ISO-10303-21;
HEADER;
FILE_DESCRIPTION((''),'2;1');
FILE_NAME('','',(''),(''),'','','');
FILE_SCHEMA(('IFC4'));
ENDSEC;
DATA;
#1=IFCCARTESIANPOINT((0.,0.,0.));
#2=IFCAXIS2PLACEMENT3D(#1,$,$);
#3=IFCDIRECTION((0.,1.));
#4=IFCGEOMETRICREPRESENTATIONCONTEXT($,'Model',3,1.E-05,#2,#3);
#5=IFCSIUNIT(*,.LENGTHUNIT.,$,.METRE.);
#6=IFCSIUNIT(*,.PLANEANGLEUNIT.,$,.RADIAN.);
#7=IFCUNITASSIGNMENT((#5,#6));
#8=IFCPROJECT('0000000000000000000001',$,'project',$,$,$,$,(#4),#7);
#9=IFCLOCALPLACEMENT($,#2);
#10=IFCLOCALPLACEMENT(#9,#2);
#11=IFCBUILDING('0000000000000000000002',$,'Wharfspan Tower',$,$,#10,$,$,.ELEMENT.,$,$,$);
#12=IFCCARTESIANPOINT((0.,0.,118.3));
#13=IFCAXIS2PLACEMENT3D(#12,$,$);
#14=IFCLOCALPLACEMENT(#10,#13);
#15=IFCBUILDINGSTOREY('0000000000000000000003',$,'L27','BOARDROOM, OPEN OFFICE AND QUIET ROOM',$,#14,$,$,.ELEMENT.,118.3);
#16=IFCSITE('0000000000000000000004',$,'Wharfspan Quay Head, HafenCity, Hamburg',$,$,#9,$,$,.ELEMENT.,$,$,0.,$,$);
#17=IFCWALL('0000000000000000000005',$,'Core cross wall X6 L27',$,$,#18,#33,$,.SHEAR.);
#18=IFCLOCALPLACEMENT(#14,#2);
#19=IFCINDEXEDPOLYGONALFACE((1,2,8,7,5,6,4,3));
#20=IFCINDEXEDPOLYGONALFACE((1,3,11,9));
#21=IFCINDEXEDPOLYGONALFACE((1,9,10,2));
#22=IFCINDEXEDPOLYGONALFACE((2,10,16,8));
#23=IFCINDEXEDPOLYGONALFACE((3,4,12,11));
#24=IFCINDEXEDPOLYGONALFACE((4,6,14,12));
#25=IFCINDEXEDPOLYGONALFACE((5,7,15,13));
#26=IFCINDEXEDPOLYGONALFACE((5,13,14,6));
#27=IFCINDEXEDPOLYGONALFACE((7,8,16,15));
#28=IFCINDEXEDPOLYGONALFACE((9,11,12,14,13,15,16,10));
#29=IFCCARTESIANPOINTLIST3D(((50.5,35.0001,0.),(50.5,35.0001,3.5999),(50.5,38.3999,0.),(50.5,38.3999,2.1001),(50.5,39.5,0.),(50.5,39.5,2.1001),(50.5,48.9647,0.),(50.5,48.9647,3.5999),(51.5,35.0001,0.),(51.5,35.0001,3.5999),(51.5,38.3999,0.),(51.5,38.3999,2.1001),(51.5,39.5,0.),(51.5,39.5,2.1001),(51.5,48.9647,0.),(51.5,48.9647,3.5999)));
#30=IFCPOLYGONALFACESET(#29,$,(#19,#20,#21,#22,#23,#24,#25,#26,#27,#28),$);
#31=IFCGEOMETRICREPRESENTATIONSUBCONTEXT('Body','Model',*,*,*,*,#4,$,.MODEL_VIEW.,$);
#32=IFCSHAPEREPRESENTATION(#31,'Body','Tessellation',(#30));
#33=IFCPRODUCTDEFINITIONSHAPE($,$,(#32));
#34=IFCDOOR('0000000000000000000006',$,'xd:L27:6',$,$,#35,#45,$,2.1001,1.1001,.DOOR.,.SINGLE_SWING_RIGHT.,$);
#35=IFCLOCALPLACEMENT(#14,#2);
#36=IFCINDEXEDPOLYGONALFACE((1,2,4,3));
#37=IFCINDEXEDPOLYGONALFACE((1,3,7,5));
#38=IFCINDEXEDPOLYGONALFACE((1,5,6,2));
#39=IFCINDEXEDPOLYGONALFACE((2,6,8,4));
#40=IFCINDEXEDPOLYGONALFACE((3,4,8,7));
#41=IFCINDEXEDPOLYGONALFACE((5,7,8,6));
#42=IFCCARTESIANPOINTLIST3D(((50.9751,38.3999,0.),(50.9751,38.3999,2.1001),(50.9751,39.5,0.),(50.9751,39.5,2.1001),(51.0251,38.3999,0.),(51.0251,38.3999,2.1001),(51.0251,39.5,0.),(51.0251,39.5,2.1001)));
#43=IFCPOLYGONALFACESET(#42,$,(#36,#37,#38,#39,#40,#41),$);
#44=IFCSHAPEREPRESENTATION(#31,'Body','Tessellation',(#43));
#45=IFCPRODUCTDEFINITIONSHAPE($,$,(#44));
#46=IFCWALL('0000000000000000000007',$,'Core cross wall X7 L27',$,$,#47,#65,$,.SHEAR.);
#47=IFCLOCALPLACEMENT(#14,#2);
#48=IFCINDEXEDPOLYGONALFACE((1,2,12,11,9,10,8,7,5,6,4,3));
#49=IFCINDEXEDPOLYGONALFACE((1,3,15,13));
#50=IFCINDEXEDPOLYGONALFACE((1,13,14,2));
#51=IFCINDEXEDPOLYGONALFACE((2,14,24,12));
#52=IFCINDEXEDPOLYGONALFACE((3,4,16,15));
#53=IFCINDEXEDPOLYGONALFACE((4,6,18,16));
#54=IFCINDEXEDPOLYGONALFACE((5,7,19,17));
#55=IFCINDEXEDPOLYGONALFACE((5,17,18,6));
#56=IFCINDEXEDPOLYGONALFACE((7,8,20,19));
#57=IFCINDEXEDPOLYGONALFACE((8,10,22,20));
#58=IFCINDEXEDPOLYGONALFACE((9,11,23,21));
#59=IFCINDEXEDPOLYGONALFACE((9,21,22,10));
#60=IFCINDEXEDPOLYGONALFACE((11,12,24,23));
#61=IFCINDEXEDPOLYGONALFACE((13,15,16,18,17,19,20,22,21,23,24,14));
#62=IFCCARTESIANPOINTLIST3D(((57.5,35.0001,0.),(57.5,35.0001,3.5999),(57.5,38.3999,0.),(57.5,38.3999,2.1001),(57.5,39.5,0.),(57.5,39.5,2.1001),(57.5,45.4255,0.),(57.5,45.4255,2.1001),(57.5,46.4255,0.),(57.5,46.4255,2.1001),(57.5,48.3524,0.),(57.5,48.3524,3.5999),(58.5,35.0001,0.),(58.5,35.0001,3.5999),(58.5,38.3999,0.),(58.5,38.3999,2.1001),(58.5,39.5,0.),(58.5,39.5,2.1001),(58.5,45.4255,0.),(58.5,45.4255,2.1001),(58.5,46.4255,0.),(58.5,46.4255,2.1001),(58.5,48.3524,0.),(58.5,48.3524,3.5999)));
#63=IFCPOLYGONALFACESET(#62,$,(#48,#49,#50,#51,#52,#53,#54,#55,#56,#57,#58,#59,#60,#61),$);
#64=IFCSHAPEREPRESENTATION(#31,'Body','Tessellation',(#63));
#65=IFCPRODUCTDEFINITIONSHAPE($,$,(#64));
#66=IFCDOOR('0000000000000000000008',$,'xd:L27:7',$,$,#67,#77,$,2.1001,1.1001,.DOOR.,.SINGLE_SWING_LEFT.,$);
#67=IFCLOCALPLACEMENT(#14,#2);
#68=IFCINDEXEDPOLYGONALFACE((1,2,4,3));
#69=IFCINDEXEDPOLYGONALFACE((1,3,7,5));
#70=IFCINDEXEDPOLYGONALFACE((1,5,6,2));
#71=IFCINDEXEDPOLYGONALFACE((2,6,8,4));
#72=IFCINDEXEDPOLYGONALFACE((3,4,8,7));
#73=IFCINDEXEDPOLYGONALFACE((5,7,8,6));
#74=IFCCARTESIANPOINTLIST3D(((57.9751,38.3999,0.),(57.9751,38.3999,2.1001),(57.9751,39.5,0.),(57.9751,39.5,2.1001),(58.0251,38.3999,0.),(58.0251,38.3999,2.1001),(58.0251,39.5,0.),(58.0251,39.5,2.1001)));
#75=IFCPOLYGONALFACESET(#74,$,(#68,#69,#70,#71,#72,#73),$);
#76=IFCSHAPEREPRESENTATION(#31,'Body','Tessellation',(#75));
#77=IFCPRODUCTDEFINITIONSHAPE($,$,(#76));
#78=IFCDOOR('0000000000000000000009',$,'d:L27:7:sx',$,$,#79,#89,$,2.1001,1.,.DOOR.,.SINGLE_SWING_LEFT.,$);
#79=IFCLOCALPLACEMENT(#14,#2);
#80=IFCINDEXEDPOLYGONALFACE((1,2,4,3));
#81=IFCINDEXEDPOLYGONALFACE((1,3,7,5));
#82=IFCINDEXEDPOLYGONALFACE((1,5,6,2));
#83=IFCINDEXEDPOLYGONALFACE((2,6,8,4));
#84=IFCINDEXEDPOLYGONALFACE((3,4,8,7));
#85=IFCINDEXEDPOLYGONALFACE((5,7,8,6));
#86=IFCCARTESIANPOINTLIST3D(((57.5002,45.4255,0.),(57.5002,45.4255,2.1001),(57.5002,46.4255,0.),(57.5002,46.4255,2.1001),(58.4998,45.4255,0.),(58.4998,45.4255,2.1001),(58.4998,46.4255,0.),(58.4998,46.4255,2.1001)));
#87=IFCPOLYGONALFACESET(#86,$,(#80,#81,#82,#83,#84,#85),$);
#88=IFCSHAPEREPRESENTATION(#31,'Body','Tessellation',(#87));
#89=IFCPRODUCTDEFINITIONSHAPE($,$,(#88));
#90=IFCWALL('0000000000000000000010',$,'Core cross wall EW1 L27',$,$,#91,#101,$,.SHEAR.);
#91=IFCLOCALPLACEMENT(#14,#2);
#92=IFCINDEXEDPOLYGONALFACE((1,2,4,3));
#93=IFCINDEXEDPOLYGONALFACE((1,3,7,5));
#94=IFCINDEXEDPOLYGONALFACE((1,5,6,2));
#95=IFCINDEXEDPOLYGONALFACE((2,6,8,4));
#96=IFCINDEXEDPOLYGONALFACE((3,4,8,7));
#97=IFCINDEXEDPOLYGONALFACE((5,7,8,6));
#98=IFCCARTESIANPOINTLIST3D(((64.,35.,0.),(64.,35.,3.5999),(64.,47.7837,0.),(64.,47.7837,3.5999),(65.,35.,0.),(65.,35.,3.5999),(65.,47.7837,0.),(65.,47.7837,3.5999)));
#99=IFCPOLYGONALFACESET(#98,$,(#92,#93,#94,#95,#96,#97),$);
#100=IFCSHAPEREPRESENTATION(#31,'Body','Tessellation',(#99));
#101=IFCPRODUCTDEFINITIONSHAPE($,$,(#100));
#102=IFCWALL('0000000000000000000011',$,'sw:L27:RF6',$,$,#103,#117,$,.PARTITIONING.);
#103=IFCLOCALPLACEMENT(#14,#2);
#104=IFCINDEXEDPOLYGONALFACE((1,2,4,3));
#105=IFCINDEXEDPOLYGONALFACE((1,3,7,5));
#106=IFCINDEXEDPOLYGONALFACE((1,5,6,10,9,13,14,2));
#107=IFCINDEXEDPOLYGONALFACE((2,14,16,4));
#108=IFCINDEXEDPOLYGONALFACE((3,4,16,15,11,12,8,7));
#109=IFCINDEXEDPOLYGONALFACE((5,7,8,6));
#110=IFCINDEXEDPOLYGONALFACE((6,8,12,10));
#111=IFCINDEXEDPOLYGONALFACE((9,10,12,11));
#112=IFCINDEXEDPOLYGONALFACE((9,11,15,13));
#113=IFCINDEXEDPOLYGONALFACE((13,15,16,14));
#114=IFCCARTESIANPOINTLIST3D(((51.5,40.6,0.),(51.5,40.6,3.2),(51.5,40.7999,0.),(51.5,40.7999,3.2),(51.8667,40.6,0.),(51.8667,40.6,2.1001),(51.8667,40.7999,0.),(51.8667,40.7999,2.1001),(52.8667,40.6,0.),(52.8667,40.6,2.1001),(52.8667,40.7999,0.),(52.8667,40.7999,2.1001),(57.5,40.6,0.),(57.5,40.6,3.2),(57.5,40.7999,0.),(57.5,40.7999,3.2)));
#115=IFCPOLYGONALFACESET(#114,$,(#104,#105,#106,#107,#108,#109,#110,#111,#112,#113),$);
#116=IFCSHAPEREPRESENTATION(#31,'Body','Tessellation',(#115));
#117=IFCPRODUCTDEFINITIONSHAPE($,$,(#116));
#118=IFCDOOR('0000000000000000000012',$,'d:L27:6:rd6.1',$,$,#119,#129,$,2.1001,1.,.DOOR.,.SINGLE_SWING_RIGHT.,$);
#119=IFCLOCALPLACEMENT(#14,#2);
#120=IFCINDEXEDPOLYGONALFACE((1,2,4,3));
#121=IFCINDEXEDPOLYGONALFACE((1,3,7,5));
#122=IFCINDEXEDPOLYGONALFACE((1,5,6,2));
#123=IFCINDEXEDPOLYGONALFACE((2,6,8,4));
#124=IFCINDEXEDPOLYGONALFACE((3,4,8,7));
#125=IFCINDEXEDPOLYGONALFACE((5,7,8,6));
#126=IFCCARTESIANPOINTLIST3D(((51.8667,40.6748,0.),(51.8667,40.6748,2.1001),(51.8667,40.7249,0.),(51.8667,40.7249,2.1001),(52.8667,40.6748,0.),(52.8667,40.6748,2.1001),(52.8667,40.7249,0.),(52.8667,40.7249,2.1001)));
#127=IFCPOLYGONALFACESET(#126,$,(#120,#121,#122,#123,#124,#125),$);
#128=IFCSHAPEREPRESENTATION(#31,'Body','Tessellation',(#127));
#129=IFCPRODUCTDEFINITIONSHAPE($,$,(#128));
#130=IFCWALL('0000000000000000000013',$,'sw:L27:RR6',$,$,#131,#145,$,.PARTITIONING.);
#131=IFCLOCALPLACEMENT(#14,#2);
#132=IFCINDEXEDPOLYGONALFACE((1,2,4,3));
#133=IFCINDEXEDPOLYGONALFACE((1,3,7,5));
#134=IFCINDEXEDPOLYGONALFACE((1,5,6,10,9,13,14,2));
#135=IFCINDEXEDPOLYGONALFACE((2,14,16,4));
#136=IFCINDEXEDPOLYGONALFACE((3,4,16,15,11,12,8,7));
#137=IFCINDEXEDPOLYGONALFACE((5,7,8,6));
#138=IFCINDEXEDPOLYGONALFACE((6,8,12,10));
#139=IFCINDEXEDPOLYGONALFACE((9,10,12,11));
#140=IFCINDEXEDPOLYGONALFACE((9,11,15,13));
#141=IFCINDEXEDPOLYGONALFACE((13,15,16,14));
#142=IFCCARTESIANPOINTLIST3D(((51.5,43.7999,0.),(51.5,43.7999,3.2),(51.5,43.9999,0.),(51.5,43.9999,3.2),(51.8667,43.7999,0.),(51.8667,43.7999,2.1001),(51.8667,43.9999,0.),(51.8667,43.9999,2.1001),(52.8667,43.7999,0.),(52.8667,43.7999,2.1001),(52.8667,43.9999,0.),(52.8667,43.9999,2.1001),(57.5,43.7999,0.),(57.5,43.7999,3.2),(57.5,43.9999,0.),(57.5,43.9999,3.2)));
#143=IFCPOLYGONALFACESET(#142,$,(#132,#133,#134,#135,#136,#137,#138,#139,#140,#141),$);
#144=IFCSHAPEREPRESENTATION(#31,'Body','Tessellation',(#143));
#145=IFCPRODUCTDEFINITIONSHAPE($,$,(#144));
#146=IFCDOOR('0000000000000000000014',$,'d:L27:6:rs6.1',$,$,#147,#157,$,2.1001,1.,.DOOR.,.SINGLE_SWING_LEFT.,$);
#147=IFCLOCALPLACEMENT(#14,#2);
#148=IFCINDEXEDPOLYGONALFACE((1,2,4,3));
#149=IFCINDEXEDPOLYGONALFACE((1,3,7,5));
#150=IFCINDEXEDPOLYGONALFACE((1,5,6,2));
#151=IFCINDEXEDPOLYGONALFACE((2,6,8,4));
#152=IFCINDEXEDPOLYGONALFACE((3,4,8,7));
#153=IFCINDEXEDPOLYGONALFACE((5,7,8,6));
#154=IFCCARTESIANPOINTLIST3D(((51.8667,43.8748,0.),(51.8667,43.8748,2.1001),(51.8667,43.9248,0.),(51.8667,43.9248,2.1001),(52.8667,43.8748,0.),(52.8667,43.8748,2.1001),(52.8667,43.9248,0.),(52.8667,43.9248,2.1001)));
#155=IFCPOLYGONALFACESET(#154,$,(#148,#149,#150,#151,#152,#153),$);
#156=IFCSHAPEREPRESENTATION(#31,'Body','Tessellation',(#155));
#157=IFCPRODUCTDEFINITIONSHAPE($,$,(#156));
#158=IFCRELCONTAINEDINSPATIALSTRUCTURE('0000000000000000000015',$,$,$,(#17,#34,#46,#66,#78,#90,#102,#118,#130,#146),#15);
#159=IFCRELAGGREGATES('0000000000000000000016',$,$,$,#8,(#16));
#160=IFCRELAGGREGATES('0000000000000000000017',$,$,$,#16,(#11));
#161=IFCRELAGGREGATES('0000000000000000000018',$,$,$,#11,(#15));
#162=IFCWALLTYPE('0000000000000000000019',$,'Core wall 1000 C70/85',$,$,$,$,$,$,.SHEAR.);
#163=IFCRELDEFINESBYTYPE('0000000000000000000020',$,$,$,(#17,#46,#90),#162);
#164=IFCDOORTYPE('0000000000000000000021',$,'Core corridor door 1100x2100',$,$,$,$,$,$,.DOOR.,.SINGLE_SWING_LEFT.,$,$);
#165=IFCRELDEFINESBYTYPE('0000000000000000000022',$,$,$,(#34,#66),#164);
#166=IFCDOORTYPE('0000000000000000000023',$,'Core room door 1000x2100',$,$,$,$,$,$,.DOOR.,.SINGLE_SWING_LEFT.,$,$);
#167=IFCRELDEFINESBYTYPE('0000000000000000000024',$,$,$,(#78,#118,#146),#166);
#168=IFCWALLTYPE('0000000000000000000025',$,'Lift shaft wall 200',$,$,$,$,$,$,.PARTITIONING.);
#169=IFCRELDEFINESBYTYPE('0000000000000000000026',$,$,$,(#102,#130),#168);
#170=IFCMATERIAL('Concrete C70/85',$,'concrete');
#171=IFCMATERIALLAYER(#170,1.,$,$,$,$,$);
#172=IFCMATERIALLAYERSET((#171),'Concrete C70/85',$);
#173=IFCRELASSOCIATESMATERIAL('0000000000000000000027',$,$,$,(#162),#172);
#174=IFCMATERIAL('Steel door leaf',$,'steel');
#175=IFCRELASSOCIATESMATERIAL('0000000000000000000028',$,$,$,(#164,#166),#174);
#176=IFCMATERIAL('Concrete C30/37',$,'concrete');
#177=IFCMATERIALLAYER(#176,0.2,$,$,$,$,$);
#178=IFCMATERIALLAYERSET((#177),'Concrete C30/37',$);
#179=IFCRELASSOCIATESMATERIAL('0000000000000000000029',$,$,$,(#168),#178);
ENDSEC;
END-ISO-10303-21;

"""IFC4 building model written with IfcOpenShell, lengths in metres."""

from ifc_helpers import new_model, si_unit, direction, frame, frame_2d, origin, place, context, subcontext, project, spatial, rectangle, extrude, material, layer, layer_set, type_object, element, fill, save


model = new_model("IFC4")

# Units and contexts
model_context = context("Model", 3, precision=1e-05, world=origin(), true_north=direction((0.0, 1.0)))
body_context = subcontext(model_context, "Body", "Model", "MODEL_VIEW")
ifc_project = project(units=[si_unit("LENGTHUNIT", "METRE"), si_unit("PLANEANGLEUNIT", "RADIAN")], contexts=[model_context])

# Site, building, storey
site_placement = place(None, origin())
site = spatial("IfcSite", under=ifc_project, at=site_placement, Name="Wharfspan Quay Head, HafenCity, Hamburg", CompositionType="ELEMENT", RefElevation=0.0)
building_placement = place(site_placement, origin())
building = spatial("IfcBuilding", under=site, at=building_placement, Name="Wharfspan Tower", CompositionType="ELEMENT")
storey_placement = place(building_placement, frame((0.0, 0.0, 118.3)))
storey = spatial("IfcBuildingStorey", under=building, at=storey_placement, Name="L27", Description="BOARDROOM, OPEN OFFICE AND QUIET ROOM", CompositionType="ELEMENT", Elevation=118.3)

# Shared definitions
ifc_material_1 = material(Name="Concrete C70/85", Category="concrete")

# Wall, opening, door
ifc_layer_1 = layer(ifc_material_1, 1.0)
ifc_layer_set_1 = layer_set([ifc_layer_1], Name="Concrete C70/85")
wall_type_1 = type_object("IfcWallType", Name="Core wall 1000 C70/85", PredefinedType="SHEAR", material=ifc_layer_set_1)
wall_1_placement = place(storey_placement, frame((51.0, 35.0, 0.0), z_axis=(0.0, 0.0, 1.0), x_axis=(0.0, 1.0, 0.0)))
wall_1 = element("IfcWall", 1, at=wall_1_placement, inside=storey, type_object=wall_type_1, Name="Core cross wall X6 L27", PredefinedType="SHEAR", context=body_context, shape_type="SweptSolid", body=[
    extrude(rectangle(XDim=13.9646, YDim=1.0, at=frame_2d((6.9824, 0.0))), origin(), (0.0, 0.0, 1.0), 3.5999),
])
opening_1_placement = place(wall_1_placement, frame((3.3999, 0.0, 0.0)))
opening_1 = element("IfcOpeningElement", 2, at=opening_1_placement, cuts=wall_1, PredefinedType="OPENING", context=body_context, shape_type="SweptSolid", body=[
    extrude(rectangle(XDim=1.1001, YDim=2.1001, at=frame_2d((0.55, 1.05))), frame((0.0, 0.51, 0.0), z_axis=(0.0, -1.0, 0.0), x_axis=(1.0, 0.0, 0.0)), (0.0, 0.0, 1.0), 1.02),
])
ifc_material_2 = material(Name="Steel door leaf", Category="steel")
door_type_1 = type_object("IfcDoorType", Name="Core corridor door 1100x2100", OperationType="SINGLE_SWING_LEFT", PredefinedType="DOOR", material=ifc_material_2)
door_1_placement = place(opening_1_placement, origin())
door_1 = element("IfcDoor", 3, at=door_1_placement, inside=storey, type_object=door_type_1, Name="xd:L27:6", OperationType="SINGLE_SWING_RIGHT", OverallHeight=2.1001, OverallWidth=1.1001, PredefinedType="DOOR", context=body_context, shape_type="SweptSolid", body=[
    extrude(rectangle(XDim=1.1001, YDim=2.1001, at=frame_2d((0.55, 1.05))), frame((0.0, 0.0249, 0.0), z_axis=(0.0, -1.0, 0.0), x_axis=(1.0, 0.0, 0.0)), (0.0, 0.0, 1.0), 0.05),
])
fill(opening_1, door_1)

# Wall, openings, doors
wall_2_placement = place(storey_placement, frame((58.0, 35.0, 0.0), z_axis=(0.0, 0.0, 1.0), x_axis=(0.0, 1.0, 0.0)))
wall_2 = element("IfcWall", 4, at=wall_2_placement, inside=storey, type_object=wall_type_1, Name="Core cross wall X7 L27", PredefinedType="SHEAR", context=body_context, shape_type="SweptSolid", body=[
    extrude(rectangle(XDim=13.3523, YDim=1.0, at=frame_2d((6.6763, 0.0))), origin(), (0.0, 0.0, 1.0), 3.5999),
])
opening_2_placement = place(wall_2_placement, frame((10.4255, 0.0, 0.0)))
opening_2 = element("IfcOpeningElement", 5, at=opening_2_placement, cuts=wall_2, PredefinedType="OPENING", context=body_context, shape_type="SweptSolid", body=[
    extrude(rectangle(XDim=1.0, YDim=2.1001, at=frame_2d((0.5, 1.05))), frame((0.0, 0.51, 0.0), z_axis=(0.0, -1.0, 0.0), x_axis=(1.0, 0.0, 0.0)), (0.0, 0.0, 1.0), 1.02),
])
opening_3_placement = place(wall_2_placement, frame((3.3999, 0.0, 0.0)))
opening_3 = element("IfcOpeningElement", 6, at=opening_3_placement, cuts=wall_2, PredefinedType="OPENING", context=body_context, shape_type="SweptSolid", body=[
    extrude(rectangle(XDim=1.1001, YDim=2.1001, at=frame_2d((0.55, 1.05))), frame((0.0, 0.51, 0.0), z_axis=(0.0, -1.0, 0.0), x_axis=(1.0, 0.0, 0.0)), (0.0, 0.0, 1.0), 1.02),
])
door_2_placement = place(opening_3_placement, origin())
door_2 = element("IfcDoor", 7, at=door_2_placement, inside=storey, type_object=door_type_1, Name="xd:L27:7", OperationType="SINGLE_SWING_LEFT", OverallHeight=2.1001, OverallWidth=1.1001, PredefinedType="DOOR", context=body_context, shape_type="SweptSolid", body=[
    extrude(rectangle(XDim=1.1001, YDim=2.1001, at=frame_2d((0.55, 1.05))), frame((0.0, 0.0249, 0.0), z_axis=(0.0, -1.0, 0.0), x_axis=(1.0, 0.0, 0.0)), (0.0, 0.0, 1.0), 0.05),
])
fill(opening_3, door_2)
door_type_2 = type_object("IfcDoorType", Name="Core room door 1000x2100", OperationType="SINGLE_SWING_LEFT", PredefinedType="DOOR", material=ifc_material_2)
door_3_placement = place(opening_2_placement, origin())
door_3 = element("IfcDoor", 8, at=door_3_placement, inside=storey, type_object=door_type_2, Name="d:L27:7:sx", OperationType="SINGLE_SWING_LEFT", OverallHeight=2.1001, OverallWidth=1.0, PredefinedType="DOOR", context=body_context, shape_type="SweptSolid", body=[
    extrude(rectangle(XDim=1.0, YDim=2.1001, at=frame_2d((0.5, 1.05))), frame((0.0, 0.4998, 0.0), z_axis=(0.0, -1.0, 0.0), x_axis=(1.0, 0.0, 0.0)), (0.0, 0.0, 1.0), 0.9995),
])
fill(opening_2, door_3)

# Wall
wall_3_placement = place(storey_placement, frame((64.5, 35.0, 0.0), z_axis=(0.0, 0.0, 1.0), x_axis=(0.0, 1.0, 0.0)))
element("IfcWall", 9, at=wall_3_placement, inside=storey, type_object=wall_type_1, Name="Core cross wall EW1 L27", PredefinedType="SHEAR", context=body_context, shape_type="SweptSolid", body=[
    extrude(rectangle(XDim=12.7837, YDim=1.0, at=frame_2d((6.3918, 0.0))), origin(), (0.0, 0.0, 1.0), 3.5999),
])

# Walls, openings, doors
ifc_material_3 = material(Name="Concrete C30/37", Category="concrete")
ifc_layer_2 = layer(ifc_material_3, 0.2)
ifc_layer_set_2 = layer_set([ifc_layer_2], Name="Concrete C30/37")
wall_type_2 = type_object("IfcWallType", Name="Lift shaft wall 200", PredefinedType="PARTITIONING", material=ifc_layer_set_2)
wall_4_placement = place(storey_placement, frame((51.5, 40.7, 0.0), z_axis=(0.0, 0.0, 1.0), x_axis=(1.0, 0.0, 0.0)))
wall_4 = element("IfcWall", 10, at=wall_4_placement, inside=storey, type_object=wall_type_2, Name="sw:L27:RF6", PredefinedType="PARTITIONING", context=body_context, shape_type="SweptSolid", body=[
    extrude(rectangle(XDim=6.0, YDim=0.2, at=frame_2d((3.0, 0.0))), origin(), (0.0, 0.0, 1.0), 3.2),
])
opening_4_placement = place(wall_4_placement, frame((0.3667, 0.0, 0.0)))
opening_4 = element("IfcOpeningElement", 11, at=opening_4_placement, cuts=wall_4, PredefinedType="OPENING", context=body_context, shape_type="SweptSolid", body=[
    extrude(rectangle(XDim=1.0, YDim=2.1001, at=frame_2d((0.5, 1.05))), frame((0.0, 0.1099, 0.0), z_axis=(0.0, -1.0, 0.0), x_axis=(1.0, 0.0, 0.0)), (0.0, 0.0, 1.0), 0.22),
])
door_4_placement = place(opening_4_placement, origin())
door_4 = element("IfcDoor", 12, at=door_4_placement, inside=storey, type_object=door_type_2, Name="d:L27:6:rd6.1", OperationType="SINGLE_SWING_RIGHT", OverallHeight=2.1001, OverallWidth=1.0, PredefinedType="DOOR", context=body_context, shape_type="SweptSolid", body=[
    extrude(rectangle(XDim=1.0, YDim=2.1001, at=frame_2d((0.5, 1.05))), frame((0.0, 0.0249, 0.0), z_axis=(0.0, -1.0, 0.0), x_axis=(1.0, 0.0, 0.0)), (0.0, 0.0, 1.0), 0.05),
])
fill(opening_4, door_4)
wall_5_placement = place(storey_placement, frame((51.5, 43.8999, 0.0), z_axis=(0.0, 0.0, 1.0), x_axis=(1.0, 0.0, 0.0)))
wall_5 = element("IfcWall", 13, at=wall_5_placement, inside=storey, type_object=wall_type_2, Name="sw:L27:RR6", PredefinedType="PARTITIONING", context=body_context, shape_type="SweptSolid", body=[
    extrude(rectangle(XDim=6.0, YDim=0.2, at=frame_2d((3.0, 0.0))), origin(), (0.0, 0.0, 1.0), 3.2),
])
opening_5_placement = place(wall_5_placement, frame((0.3667, 0.0, 0.0)))
opening_5 = element("IfcOpeningElement", 14, at=opening_5_placement, cuts=wall_5, PredefinedType="OPENING", context=body_context, shape_type="SweptSolid", body=[
    extrude(rectangle(XDim=1.0, YDim=2.1001, at=frame_2d((0.5, 1.05))), frame((0.0, 0.1099, 0.0), z_axis=(0.0, -1.0, 0.0), x_axis=(1.0, 0.0, 0.0)), (0.0, 0.0, 1.0), 0.22),
])
door_5_placement = place(opening_5_placement, origin())
door_5 = element("IfcDoor", 15, at=door_5_placement, inside=storey, type_object=door_type_2, Name="d:L27:6:rs6.1", OperationType="SINGLE_SWING_LEFT", OverallHeight=2.1001, OverallWidth=1.0, PredefinedType="DOOR", context=body_context, shape_type="SweptSolid", body=[
    extrude(rectangle(XDim=1.0, YDim=2.1001, at=frame_2d((0.5, 1.05))), frame((0.0, 0.0249, 0.0), z_axis=(0.0, -1.0, 0.0), x_axis=(1.0, 0.0, 0.0)), (0.0, 0.0, 1.0), 0.05),
])
fill(opening_5, door_5)

save(model, "model.ifc")
